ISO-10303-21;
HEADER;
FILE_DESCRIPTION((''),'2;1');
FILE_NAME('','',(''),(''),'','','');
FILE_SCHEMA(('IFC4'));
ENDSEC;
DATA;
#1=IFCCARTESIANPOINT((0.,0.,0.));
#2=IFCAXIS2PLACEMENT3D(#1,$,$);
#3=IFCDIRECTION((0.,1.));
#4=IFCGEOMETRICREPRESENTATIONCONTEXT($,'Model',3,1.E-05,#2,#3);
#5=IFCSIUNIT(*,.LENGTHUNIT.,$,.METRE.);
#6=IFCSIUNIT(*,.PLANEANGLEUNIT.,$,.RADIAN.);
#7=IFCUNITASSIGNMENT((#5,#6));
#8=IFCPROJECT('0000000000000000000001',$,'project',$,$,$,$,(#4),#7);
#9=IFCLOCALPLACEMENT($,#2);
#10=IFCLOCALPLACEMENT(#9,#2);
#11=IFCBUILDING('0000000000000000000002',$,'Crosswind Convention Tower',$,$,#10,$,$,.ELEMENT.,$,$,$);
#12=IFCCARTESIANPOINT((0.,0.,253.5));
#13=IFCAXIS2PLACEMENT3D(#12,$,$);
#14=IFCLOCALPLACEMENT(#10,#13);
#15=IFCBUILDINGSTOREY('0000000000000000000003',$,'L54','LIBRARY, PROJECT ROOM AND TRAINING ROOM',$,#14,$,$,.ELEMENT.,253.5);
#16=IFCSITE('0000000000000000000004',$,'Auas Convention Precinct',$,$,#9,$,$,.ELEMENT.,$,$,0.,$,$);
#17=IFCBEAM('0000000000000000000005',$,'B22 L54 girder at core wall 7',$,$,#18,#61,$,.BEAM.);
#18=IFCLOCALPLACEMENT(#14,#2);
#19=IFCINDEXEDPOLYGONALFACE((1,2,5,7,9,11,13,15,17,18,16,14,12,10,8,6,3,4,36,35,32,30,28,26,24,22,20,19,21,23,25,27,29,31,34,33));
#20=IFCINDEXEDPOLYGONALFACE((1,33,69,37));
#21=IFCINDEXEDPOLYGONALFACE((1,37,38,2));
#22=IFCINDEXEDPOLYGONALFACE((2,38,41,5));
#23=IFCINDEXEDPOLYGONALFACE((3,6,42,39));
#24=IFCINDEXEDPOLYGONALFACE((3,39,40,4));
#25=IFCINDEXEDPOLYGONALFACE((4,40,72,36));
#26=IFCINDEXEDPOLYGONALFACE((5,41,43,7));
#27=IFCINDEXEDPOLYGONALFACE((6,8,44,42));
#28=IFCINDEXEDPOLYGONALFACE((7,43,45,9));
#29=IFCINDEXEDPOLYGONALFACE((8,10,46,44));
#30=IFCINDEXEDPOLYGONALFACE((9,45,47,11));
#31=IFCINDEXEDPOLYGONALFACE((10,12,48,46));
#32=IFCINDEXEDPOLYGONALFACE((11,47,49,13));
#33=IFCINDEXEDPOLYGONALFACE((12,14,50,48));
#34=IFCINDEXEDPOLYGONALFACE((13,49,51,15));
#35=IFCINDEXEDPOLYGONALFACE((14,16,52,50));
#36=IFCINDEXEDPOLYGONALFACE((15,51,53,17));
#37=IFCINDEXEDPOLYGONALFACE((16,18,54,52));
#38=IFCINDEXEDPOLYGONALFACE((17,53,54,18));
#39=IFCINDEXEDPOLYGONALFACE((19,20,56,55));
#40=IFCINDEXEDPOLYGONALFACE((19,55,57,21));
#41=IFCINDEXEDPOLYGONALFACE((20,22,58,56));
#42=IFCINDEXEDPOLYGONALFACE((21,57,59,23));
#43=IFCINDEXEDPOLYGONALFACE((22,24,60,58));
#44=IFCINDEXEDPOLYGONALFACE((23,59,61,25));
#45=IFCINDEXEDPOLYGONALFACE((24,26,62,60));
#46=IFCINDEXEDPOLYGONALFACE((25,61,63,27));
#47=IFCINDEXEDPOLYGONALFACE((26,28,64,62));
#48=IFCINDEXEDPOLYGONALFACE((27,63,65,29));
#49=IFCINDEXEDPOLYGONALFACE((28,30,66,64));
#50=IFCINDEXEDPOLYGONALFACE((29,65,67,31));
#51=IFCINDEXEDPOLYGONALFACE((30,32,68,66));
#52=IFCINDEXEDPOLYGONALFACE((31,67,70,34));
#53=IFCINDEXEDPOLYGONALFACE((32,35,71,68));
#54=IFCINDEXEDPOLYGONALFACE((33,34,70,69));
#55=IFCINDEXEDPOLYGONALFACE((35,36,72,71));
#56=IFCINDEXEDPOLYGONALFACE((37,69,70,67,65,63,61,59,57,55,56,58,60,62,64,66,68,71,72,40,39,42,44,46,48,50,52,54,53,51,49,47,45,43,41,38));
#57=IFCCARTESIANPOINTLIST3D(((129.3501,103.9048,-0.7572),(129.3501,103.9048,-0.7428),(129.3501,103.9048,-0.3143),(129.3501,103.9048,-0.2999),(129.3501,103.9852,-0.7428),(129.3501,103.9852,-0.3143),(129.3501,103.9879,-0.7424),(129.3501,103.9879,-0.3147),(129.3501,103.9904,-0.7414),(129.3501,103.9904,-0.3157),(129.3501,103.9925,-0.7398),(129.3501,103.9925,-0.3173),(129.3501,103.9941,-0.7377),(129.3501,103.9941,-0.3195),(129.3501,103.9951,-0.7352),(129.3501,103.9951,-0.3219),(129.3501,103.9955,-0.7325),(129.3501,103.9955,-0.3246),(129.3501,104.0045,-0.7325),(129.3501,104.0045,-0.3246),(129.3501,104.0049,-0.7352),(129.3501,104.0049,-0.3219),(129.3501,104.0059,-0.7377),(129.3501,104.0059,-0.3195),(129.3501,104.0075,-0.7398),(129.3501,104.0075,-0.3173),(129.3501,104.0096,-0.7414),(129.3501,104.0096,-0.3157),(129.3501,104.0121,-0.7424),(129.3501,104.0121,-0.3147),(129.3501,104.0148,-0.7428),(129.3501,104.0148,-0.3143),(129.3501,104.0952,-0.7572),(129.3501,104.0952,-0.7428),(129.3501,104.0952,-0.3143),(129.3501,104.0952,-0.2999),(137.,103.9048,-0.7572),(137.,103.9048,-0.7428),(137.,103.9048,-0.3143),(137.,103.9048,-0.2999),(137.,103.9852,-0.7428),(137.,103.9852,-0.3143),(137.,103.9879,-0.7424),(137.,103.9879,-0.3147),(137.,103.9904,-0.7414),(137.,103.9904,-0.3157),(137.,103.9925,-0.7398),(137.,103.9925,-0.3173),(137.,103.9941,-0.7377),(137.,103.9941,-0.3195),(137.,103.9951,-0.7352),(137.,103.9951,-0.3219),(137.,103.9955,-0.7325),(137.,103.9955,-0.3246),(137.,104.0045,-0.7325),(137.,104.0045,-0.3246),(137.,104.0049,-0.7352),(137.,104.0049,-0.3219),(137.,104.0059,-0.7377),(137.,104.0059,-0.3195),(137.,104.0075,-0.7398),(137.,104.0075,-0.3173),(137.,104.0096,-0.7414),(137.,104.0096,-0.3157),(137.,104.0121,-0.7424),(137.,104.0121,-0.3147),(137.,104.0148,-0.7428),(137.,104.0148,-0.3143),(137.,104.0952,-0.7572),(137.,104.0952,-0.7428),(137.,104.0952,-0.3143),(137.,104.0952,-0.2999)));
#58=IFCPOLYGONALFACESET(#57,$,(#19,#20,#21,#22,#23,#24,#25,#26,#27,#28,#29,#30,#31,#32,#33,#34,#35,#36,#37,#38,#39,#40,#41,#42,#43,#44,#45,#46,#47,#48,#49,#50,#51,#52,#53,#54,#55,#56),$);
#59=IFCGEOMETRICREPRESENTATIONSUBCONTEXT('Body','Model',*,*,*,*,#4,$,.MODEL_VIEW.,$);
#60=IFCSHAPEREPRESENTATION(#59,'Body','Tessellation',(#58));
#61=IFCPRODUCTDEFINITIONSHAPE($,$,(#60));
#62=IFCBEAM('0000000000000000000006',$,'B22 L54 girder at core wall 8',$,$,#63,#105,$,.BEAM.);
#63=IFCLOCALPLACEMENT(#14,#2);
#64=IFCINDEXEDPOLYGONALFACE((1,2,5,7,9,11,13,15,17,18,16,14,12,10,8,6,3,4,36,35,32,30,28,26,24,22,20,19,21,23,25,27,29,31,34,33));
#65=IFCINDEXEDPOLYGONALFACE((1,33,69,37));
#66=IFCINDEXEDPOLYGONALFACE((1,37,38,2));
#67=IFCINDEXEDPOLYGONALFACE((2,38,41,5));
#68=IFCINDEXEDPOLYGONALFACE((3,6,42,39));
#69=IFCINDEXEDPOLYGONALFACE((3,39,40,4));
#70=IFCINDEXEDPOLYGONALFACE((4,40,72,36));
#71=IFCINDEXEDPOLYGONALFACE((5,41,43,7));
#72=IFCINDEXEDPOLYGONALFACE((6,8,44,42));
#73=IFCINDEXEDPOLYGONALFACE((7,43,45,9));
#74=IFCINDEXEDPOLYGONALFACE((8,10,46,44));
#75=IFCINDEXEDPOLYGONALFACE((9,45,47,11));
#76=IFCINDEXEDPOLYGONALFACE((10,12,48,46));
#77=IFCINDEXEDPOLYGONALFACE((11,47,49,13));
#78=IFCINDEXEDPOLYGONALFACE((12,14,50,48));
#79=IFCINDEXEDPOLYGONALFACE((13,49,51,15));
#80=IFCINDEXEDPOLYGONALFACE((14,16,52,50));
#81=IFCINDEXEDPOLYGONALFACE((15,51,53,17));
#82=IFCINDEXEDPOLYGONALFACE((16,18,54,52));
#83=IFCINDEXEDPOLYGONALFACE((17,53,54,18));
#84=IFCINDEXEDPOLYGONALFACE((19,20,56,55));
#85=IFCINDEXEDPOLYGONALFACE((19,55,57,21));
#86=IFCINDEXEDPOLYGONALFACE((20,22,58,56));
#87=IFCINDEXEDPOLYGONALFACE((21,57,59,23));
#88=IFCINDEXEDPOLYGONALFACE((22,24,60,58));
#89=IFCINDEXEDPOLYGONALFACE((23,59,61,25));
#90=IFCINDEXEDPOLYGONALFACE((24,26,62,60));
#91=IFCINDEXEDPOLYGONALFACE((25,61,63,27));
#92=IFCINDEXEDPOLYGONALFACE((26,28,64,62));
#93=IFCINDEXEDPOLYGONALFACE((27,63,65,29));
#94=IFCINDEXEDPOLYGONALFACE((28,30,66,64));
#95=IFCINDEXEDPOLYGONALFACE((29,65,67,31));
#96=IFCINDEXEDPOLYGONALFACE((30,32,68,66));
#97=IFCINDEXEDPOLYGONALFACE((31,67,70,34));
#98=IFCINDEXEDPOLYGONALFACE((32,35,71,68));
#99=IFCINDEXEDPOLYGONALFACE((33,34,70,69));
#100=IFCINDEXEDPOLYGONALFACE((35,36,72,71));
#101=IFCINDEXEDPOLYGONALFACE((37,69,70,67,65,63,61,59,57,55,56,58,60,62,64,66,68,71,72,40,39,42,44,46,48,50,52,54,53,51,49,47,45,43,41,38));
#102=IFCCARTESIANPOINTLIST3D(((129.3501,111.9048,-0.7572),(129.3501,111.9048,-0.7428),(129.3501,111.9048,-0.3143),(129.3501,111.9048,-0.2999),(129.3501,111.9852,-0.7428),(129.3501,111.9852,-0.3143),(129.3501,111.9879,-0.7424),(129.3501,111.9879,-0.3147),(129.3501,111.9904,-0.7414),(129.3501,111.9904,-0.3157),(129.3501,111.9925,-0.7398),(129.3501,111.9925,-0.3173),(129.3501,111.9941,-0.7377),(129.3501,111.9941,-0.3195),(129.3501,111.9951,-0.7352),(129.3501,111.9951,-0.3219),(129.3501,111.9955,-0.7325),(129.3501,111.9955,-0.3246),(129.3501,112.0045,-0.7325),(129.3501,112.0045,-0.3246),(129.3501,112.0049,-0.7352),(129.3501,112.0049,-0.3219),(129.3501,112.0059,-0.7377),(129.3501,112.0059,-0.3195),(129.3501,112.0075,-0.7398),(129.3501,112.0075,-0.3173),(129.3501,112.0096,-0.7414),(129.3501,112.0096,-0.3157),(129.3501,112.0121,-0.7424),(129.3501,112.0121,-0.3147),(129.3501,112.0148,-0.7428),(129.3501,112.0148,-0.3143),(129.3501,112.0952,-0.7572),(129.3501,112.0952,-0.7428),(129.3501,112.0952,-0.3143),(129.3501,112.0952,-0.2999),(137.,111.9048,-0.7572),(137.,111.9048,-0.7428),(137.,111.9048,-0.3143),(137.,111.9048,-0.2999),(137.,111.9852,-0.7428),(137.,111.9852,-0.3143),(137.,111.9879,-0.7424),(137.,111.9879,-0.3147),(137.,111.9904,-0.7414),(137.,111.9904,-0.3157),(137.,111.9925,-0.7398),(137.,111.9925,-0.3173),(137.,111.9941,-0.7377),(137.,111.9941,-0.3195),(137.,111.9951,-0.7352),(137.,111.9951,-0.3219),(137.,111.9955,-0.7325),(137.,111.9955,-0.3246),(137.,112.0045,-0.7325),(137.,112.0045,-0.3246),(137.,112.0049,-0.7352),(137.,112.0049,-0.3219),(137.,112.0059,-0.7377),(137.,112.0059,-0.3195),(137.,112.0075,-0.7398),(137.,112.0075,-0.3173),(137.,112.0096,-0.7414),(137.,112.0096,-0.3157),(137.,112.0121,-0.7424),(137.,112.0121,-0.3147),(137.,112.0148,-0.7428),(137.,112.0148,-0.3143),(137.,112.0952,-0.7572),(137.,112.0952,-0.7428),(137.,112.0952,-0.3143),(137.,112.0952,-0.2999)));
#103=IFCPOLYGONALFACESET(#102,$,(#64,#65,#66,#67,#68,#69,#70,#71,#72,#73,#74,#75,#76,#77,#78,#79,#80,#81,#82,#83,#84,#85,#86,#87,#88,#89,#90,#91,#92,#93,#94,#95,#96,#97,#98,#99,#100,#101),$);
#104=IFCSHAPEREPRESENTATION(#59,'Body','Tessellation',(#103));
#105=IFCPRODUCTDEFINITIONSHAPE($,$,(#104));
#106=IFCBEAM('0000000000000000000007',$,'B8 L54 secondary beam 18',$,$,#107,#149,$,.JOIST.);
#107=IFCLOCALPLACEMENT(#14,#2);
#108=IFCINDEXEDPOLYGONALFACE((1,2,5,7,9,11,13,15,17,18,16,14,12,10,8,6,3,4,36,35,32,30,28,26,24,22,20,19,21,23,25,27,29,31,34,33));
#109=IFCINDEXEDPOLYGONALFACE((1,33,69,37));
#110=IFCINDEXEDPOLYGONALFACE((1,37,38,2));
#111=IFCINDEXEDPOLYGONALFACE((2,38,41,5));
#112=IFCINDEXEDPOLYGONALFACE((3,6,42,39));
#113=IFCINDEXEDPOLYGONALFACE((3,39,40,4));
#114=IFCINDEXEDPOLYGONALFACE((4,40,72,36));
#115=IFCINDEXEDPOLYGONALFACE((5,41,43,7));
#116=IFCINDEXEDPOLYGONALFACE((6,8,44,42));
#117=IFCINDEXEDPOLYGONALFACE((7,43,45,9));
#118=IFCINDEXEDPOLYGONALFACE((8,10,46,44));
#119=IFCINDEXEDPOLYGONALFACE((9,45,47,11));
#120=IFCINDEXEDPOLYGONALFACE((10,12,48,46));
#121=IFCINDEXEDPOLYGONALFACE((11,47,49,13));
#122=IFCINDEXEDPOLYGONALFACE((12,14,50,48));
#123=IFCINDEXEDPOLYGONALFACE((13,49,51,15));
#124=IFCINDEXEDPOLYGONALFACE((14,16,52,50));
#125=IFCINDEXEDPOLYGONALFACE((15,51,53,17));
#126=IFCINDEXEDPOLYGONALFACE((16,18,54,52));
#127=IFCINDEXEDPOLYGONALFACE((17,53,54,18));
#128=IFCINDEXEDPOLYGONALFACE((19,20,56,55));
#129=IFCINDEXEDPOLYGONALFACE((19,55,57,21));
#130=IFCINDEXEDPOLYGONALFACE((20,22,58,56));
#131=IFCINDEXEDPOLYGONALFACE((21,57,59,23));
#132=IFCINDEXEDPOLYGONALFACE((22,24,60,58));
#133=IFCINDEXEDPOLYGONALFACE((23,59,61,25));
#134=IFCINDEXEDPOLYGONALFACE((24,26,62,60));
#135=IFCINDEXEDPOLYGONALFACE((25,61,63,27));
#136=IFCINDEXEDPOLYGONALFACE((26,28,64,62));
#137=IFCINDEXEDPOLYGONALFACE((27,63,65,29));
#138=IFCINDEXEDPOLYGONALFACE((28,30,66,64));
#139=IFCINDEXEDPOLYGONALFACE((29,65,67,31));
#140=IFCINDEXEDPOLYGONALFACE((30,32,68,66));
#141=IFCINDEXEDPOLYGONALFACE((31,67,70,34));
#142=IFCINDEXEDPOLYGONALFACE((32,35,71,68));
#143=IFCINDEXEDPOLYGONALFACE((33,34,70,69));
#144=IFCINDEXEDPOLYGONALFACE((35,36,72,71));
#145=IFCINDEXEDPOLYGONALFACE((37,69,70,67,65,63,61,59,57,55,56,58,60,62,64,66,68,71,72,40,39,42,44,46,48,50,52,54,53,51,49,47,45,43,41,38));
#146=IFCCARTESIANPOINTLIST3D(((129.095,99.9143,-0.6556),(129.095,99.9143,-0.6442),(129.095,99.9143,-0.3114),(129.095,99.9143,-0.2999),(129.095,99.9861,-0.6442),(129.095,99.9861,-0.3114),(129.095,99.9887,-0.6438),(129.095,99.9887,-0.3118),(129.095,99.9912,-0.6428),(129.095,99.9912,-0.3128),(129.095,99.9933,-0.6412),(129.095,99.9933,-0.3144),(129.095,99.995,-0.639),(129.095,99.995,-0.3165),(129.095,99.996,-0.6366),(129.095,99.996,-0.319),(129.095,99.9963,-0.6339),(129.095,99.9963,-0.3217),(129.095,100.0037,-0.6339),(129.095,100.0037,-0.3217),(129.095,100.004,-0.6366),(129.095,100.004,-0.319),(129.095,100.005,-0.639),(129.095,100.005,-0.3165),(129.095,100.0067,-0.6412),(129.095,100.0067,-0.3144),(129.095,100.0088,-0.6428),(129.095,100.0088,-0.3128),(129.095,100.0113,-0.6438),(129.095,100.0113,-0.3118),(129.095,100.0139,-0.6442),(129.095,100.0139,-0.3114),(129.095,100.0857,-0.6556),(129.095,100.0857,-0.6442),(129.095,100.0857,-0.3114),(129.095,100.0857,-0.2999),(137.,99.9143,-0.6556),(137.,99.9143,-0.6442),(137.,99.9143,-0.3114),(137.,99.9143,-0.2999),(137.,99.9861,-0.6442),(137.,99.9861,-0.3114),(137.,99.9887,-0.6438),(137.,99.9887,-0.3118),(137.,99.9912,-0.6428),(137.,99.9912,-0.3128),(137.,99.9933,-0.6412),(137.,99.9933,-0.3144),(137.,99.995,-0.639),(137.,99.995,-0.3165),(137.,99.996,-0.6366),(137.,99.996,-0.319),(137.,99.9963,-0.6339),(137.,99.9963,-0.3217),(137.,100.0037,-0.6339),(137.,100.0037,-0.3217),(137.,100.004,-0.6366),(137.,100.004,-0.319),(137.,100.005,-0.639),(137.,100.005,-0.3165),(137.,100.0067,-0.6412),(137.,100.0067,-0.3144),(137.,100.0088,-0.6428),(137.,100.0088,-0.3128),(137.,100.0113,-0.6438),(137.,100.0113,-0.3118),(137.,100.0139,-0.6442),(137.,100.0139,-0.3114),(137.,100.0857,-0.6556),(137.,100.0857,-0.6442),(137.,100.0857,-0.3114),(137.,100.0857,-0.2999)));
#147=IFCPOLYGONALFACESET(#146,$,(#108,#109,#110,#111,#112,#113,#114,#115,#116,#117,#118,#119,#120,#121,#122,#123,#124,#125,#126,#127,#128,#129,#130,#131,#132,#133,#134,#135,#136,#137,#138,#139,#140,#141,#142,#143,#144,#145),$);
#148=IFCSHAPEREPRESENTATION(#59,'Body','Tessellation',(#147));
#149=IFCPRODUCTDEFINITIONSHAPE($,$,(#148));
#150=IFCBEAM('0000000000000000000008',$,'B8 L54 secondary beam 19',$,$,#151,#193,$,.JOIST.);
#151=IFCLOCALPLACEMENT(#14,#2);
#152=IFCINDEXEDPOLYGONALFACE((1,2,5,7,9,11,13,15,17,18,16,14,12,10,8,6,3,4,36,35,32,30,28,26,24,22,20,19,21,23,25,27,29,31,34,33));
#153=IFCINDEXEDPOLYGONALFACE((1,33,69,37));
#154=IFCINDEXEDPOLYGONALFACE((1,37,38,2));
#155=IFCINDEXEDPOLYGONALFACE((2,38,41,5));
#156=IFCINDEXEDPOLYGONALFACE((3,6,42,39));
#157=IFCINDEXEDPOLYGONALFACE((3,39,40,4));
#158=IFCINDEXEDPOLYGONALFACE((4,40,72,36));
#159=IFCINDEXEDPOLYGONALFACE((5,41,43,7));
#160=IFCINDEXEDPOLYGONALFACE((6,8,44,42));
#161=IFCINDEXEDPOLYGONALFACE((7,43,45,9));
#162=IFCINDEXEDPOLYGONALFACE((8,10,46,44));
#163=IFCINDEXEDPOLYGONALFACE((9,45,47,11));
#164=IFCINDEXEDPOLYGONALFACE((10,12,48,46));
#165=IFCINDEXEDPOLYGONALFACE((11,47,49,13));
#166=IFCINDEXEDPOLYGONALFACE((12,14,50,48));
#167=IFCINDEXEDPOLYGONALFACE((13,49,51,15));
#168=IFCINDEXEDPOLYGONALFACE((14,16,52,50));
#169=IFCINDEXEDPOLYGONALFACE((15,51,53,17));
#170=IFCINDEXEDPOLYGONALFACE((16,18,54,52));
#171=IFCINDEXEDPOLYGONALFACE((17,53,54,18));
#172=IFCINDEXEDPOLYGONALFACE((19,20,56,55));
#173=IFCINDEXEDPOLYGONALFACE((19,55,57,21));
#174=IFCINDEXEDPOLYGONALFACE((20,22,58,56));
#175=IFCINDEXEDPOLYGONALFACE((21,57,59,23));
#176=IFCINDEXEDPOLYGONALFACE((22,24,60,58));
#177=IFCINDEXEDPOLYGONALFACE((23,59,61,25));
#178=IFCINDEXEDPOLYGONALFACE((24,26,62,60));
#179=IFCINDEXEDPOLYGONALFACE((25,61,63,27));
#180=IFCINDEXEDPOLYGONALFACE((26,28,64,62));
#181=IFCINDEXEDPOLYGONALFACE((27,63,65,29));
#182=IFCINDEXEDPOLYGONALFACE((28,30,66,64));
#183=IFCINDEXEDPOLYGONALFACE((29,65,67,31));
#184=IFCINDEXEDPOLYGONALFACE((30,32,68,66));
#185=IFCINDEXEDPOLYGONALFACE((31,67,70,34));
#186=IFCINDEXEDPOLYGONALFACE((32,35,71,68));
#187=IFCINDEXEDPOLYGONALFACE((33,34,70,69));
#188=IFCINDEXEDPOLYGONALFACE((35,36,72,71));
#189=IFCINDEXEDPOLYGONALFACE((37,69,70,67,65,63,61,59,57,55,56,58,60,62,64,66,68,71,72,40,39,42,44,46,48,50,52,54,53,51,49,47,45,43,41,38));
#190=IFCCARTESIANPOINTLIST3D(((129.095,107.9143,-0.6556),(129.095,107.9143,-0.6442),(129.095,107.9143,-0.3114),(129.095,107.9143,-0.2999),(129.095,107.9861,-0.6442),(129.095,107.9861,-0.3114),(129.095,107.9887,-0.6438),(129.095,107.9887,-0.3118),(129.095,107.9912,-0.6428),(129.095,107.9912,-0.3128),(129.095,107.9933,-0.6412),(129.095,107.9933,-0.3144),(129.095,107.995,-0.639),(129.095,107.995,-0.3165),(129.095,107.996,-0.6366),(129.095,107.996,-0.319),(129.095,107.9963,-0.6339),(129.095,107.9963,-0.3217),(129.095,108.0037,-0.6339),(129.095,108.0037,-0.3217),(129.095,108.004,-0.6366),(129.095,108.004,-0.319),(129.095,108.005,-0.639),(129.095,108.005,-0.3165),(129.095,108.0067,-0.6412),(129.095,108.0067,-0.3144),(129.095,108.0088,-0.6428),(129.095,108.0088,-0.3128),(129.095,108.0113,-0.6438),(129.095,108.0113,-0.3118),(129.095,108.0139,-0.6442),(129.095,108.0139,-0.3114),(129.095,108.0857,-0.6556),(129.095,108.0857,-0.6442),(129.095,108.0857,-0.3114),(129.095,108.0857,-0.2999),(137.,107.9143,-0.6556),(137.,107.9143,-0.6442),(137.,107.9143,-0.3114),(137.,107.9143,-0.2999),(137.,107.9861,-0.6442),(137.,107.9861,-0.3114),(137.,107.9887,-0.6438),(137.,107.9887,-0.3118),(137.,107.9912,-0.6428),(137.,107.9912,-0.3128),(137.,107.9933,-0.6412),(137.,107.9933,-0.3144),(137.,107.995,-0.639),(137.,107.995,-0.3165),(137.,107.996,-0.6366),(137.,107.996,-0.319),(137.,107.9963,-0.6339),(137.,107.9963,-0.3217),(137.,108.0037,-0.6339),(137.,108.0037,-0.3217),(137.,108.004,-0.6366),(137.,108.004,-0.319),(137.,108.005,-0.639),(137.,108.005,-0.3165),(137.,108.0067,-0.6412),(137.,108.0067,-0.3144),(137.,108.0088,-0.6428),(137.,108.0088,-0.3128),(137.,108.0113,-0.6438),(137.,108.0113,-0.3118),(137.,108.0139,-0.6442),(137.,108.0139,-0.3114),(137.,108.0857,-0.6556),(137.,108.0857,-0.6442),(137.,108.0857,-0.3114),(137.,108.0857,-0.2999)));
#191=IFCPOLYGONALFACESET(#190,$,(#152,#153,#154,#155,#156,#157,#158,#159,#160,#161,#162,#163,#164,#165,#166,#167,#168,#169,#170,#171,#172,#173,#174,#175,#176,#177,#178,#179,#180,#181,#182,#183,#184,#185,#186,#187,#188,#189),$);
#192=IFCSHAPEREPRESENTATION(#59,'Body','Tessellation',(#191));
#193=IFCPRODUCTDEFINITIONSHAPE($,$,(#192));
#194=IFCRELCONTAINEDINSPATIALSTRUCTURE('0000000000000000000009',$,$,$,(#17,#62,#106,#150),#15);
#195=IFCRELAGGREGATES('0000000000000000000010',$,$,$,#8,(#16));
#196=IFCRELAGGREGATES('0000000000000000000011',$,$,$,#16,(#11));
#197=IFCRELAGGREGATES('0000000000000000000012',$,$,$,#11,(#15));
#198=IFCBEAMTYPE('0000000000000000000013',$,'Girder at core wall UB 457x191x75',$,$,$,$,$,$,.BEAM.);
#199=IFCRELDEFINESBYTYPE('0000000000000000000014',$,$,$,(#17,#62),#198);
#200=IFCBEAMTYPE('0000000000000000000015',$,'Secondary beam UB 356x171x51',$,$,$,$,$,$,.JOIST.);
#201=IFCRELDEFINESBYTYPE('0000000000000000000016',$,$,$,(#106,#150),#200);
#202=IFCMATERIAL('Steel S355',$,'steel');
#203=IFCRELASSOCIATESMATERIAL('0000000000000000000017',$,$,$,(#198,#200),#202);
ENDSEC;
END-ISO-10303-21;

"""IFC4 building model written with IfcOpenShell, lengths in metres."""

from ifc_helpers import new_model, si_unit, direction, frame, origin, origin_2d, place, context, subcontext, project, spatial, i_section, extrude, material, material_profile, profile_set, type_object, element, save


model = new_model("IFC4")

# Units and contexts
model_context = context("Model", 3, precision=1e-05, world=origin(), true_north=direction((0.0, 1.0)))
body_context = subcontext(model_context, "Body", "Model", "MODEL_VIEW")
ifc_project = project(units=[si_unit("LENGTHUNIT", "METRE"), si_unit("PLANEANGLEUNIT", "RADIAN")], contexts=[model_context])

# Site, building, storey
site_placement = place(None, origin())
site = spatial("IfcSite", under=ifc_project, at=site_placement, Name="Auas Convention Precinct", CompositionType="ELEMENT", RefElevation=0.0)
building_placement = place(site_placement, origin())
building = spatial("IfcBuilding", under=site, at=building_placement, Name="Crosswind Convention Tower", CompositionType="ELEMENT")
storey_placement = place(building_placement, frame((0.0, 0.0, 253.5)))
storey = spatial("IfcBuildingStorey", under=building, at=storey_placement, Name="L54", Description="LIBRARY, PROJECT ROOM AND TRAINING ROOM", CompositionType="ELEMENT", Elevation=253.5)

# Beams
ifc_material_1 = material(Name="Steel S355", Category="steel")
ifc_material_profile_1 = material_profile(ifc_material_1, i_section(OverallWidth=0.1904, OverallDepth=0.4573, WebThickness=0.009, FlangeThickness=0.0144, FilletRadius=0.0103, at=origin_2d()), Name="UB 457x191x75")
ifc_profile_set_1 = profile_set([ifc_material_profile_1], Name="Steel S355")
beam_type_1 = type_object("IfcBeamType", Name="Girder at core wall UB 457x191x75", PredefinedType="BEAM", material=ifc_profile_set_1)
for number, where, z_axis, x_axis, name in (
    (1, (129.3501, 104.0, -0.5286), (1.0, 0.0, 0.0), (0.0, 1.0, 0.0), "B22 L54 girder at core wall 7"),
    (2, (129.3501, 112.0, -0.5286), (1.0, 0.0, 0.0), (0.0, 1.0, 0.0), "B22 L54 girder at core wall 8"),
):
    element("IfcBeam", number, at=place(storey_placement, frame(where, z_axis=z_axis, x_axis=x_axis)), inside=storey, type_object=beam_type_1, Name=name, PredefinedType="BEAM", context=body_context, shape_type="SweptSolid", body=[
        extrude(i_section(OverallWidth=0.1904, OverallDepth=0.4573, WebThickness=0.009, FlangeThickness=0.0144, FilletRadius=0.0103, at=origin_2d()), origin(), (0.0, 0.0, 1.0), 7.6499),
    ])
ifc_material_profile_2 = material_profile(ifc_material_1, i_section(OverallWidth=0.1714, OverallDepth=0.3557, WebThickness=0.0073, FlangeThickness=0.0115, FilletRadius=0.0103, at=origin_2d()), Name="UB 356x171x51")
ifc_profile_set_2 = profile_set([ifc_material_profile_2], Name="Steel S355")
beam_type_2 = type_object("IfcBeamType", Name="Secondary beam UB 356x171x51", PredefinedType="JOIST", material=ifc_profile_set_2)
for number, where, z_axis, x_axis, name in (
    (3, (129.095, 100.0, -0.4778), (1.0, 0.0, 0.0), (0.0, 1.0, 0.0), "B8 L54 secondary beam 18"),
    (4, (129.095, 108.0, -0.4778), (1.0, 0.0, 0.0), (0.0, 1.0, 0.0), "B8 L54 secondary beam 19"),
):
    element("IfcBeam", number, at=place(storey_placement, frame(where, z_axis=z_axis, x_axis=x_axis)), inside=storey, type_object=beam_type_2, Name=name, PredefinedType="JOIST", context=body_context, shape_type="SweptSolid", body=[
        extrude(i_section(OverallWidth=0.1714, OverallDepth=0.3557, WebThickness=0.0073, FlangeThickness=0.0115, FilletRadius=0.0103, at=origin_2d()), origin(), (0.0, 0.0, 1.0), 7.905),
    ])

save(model, "model.ifc")
